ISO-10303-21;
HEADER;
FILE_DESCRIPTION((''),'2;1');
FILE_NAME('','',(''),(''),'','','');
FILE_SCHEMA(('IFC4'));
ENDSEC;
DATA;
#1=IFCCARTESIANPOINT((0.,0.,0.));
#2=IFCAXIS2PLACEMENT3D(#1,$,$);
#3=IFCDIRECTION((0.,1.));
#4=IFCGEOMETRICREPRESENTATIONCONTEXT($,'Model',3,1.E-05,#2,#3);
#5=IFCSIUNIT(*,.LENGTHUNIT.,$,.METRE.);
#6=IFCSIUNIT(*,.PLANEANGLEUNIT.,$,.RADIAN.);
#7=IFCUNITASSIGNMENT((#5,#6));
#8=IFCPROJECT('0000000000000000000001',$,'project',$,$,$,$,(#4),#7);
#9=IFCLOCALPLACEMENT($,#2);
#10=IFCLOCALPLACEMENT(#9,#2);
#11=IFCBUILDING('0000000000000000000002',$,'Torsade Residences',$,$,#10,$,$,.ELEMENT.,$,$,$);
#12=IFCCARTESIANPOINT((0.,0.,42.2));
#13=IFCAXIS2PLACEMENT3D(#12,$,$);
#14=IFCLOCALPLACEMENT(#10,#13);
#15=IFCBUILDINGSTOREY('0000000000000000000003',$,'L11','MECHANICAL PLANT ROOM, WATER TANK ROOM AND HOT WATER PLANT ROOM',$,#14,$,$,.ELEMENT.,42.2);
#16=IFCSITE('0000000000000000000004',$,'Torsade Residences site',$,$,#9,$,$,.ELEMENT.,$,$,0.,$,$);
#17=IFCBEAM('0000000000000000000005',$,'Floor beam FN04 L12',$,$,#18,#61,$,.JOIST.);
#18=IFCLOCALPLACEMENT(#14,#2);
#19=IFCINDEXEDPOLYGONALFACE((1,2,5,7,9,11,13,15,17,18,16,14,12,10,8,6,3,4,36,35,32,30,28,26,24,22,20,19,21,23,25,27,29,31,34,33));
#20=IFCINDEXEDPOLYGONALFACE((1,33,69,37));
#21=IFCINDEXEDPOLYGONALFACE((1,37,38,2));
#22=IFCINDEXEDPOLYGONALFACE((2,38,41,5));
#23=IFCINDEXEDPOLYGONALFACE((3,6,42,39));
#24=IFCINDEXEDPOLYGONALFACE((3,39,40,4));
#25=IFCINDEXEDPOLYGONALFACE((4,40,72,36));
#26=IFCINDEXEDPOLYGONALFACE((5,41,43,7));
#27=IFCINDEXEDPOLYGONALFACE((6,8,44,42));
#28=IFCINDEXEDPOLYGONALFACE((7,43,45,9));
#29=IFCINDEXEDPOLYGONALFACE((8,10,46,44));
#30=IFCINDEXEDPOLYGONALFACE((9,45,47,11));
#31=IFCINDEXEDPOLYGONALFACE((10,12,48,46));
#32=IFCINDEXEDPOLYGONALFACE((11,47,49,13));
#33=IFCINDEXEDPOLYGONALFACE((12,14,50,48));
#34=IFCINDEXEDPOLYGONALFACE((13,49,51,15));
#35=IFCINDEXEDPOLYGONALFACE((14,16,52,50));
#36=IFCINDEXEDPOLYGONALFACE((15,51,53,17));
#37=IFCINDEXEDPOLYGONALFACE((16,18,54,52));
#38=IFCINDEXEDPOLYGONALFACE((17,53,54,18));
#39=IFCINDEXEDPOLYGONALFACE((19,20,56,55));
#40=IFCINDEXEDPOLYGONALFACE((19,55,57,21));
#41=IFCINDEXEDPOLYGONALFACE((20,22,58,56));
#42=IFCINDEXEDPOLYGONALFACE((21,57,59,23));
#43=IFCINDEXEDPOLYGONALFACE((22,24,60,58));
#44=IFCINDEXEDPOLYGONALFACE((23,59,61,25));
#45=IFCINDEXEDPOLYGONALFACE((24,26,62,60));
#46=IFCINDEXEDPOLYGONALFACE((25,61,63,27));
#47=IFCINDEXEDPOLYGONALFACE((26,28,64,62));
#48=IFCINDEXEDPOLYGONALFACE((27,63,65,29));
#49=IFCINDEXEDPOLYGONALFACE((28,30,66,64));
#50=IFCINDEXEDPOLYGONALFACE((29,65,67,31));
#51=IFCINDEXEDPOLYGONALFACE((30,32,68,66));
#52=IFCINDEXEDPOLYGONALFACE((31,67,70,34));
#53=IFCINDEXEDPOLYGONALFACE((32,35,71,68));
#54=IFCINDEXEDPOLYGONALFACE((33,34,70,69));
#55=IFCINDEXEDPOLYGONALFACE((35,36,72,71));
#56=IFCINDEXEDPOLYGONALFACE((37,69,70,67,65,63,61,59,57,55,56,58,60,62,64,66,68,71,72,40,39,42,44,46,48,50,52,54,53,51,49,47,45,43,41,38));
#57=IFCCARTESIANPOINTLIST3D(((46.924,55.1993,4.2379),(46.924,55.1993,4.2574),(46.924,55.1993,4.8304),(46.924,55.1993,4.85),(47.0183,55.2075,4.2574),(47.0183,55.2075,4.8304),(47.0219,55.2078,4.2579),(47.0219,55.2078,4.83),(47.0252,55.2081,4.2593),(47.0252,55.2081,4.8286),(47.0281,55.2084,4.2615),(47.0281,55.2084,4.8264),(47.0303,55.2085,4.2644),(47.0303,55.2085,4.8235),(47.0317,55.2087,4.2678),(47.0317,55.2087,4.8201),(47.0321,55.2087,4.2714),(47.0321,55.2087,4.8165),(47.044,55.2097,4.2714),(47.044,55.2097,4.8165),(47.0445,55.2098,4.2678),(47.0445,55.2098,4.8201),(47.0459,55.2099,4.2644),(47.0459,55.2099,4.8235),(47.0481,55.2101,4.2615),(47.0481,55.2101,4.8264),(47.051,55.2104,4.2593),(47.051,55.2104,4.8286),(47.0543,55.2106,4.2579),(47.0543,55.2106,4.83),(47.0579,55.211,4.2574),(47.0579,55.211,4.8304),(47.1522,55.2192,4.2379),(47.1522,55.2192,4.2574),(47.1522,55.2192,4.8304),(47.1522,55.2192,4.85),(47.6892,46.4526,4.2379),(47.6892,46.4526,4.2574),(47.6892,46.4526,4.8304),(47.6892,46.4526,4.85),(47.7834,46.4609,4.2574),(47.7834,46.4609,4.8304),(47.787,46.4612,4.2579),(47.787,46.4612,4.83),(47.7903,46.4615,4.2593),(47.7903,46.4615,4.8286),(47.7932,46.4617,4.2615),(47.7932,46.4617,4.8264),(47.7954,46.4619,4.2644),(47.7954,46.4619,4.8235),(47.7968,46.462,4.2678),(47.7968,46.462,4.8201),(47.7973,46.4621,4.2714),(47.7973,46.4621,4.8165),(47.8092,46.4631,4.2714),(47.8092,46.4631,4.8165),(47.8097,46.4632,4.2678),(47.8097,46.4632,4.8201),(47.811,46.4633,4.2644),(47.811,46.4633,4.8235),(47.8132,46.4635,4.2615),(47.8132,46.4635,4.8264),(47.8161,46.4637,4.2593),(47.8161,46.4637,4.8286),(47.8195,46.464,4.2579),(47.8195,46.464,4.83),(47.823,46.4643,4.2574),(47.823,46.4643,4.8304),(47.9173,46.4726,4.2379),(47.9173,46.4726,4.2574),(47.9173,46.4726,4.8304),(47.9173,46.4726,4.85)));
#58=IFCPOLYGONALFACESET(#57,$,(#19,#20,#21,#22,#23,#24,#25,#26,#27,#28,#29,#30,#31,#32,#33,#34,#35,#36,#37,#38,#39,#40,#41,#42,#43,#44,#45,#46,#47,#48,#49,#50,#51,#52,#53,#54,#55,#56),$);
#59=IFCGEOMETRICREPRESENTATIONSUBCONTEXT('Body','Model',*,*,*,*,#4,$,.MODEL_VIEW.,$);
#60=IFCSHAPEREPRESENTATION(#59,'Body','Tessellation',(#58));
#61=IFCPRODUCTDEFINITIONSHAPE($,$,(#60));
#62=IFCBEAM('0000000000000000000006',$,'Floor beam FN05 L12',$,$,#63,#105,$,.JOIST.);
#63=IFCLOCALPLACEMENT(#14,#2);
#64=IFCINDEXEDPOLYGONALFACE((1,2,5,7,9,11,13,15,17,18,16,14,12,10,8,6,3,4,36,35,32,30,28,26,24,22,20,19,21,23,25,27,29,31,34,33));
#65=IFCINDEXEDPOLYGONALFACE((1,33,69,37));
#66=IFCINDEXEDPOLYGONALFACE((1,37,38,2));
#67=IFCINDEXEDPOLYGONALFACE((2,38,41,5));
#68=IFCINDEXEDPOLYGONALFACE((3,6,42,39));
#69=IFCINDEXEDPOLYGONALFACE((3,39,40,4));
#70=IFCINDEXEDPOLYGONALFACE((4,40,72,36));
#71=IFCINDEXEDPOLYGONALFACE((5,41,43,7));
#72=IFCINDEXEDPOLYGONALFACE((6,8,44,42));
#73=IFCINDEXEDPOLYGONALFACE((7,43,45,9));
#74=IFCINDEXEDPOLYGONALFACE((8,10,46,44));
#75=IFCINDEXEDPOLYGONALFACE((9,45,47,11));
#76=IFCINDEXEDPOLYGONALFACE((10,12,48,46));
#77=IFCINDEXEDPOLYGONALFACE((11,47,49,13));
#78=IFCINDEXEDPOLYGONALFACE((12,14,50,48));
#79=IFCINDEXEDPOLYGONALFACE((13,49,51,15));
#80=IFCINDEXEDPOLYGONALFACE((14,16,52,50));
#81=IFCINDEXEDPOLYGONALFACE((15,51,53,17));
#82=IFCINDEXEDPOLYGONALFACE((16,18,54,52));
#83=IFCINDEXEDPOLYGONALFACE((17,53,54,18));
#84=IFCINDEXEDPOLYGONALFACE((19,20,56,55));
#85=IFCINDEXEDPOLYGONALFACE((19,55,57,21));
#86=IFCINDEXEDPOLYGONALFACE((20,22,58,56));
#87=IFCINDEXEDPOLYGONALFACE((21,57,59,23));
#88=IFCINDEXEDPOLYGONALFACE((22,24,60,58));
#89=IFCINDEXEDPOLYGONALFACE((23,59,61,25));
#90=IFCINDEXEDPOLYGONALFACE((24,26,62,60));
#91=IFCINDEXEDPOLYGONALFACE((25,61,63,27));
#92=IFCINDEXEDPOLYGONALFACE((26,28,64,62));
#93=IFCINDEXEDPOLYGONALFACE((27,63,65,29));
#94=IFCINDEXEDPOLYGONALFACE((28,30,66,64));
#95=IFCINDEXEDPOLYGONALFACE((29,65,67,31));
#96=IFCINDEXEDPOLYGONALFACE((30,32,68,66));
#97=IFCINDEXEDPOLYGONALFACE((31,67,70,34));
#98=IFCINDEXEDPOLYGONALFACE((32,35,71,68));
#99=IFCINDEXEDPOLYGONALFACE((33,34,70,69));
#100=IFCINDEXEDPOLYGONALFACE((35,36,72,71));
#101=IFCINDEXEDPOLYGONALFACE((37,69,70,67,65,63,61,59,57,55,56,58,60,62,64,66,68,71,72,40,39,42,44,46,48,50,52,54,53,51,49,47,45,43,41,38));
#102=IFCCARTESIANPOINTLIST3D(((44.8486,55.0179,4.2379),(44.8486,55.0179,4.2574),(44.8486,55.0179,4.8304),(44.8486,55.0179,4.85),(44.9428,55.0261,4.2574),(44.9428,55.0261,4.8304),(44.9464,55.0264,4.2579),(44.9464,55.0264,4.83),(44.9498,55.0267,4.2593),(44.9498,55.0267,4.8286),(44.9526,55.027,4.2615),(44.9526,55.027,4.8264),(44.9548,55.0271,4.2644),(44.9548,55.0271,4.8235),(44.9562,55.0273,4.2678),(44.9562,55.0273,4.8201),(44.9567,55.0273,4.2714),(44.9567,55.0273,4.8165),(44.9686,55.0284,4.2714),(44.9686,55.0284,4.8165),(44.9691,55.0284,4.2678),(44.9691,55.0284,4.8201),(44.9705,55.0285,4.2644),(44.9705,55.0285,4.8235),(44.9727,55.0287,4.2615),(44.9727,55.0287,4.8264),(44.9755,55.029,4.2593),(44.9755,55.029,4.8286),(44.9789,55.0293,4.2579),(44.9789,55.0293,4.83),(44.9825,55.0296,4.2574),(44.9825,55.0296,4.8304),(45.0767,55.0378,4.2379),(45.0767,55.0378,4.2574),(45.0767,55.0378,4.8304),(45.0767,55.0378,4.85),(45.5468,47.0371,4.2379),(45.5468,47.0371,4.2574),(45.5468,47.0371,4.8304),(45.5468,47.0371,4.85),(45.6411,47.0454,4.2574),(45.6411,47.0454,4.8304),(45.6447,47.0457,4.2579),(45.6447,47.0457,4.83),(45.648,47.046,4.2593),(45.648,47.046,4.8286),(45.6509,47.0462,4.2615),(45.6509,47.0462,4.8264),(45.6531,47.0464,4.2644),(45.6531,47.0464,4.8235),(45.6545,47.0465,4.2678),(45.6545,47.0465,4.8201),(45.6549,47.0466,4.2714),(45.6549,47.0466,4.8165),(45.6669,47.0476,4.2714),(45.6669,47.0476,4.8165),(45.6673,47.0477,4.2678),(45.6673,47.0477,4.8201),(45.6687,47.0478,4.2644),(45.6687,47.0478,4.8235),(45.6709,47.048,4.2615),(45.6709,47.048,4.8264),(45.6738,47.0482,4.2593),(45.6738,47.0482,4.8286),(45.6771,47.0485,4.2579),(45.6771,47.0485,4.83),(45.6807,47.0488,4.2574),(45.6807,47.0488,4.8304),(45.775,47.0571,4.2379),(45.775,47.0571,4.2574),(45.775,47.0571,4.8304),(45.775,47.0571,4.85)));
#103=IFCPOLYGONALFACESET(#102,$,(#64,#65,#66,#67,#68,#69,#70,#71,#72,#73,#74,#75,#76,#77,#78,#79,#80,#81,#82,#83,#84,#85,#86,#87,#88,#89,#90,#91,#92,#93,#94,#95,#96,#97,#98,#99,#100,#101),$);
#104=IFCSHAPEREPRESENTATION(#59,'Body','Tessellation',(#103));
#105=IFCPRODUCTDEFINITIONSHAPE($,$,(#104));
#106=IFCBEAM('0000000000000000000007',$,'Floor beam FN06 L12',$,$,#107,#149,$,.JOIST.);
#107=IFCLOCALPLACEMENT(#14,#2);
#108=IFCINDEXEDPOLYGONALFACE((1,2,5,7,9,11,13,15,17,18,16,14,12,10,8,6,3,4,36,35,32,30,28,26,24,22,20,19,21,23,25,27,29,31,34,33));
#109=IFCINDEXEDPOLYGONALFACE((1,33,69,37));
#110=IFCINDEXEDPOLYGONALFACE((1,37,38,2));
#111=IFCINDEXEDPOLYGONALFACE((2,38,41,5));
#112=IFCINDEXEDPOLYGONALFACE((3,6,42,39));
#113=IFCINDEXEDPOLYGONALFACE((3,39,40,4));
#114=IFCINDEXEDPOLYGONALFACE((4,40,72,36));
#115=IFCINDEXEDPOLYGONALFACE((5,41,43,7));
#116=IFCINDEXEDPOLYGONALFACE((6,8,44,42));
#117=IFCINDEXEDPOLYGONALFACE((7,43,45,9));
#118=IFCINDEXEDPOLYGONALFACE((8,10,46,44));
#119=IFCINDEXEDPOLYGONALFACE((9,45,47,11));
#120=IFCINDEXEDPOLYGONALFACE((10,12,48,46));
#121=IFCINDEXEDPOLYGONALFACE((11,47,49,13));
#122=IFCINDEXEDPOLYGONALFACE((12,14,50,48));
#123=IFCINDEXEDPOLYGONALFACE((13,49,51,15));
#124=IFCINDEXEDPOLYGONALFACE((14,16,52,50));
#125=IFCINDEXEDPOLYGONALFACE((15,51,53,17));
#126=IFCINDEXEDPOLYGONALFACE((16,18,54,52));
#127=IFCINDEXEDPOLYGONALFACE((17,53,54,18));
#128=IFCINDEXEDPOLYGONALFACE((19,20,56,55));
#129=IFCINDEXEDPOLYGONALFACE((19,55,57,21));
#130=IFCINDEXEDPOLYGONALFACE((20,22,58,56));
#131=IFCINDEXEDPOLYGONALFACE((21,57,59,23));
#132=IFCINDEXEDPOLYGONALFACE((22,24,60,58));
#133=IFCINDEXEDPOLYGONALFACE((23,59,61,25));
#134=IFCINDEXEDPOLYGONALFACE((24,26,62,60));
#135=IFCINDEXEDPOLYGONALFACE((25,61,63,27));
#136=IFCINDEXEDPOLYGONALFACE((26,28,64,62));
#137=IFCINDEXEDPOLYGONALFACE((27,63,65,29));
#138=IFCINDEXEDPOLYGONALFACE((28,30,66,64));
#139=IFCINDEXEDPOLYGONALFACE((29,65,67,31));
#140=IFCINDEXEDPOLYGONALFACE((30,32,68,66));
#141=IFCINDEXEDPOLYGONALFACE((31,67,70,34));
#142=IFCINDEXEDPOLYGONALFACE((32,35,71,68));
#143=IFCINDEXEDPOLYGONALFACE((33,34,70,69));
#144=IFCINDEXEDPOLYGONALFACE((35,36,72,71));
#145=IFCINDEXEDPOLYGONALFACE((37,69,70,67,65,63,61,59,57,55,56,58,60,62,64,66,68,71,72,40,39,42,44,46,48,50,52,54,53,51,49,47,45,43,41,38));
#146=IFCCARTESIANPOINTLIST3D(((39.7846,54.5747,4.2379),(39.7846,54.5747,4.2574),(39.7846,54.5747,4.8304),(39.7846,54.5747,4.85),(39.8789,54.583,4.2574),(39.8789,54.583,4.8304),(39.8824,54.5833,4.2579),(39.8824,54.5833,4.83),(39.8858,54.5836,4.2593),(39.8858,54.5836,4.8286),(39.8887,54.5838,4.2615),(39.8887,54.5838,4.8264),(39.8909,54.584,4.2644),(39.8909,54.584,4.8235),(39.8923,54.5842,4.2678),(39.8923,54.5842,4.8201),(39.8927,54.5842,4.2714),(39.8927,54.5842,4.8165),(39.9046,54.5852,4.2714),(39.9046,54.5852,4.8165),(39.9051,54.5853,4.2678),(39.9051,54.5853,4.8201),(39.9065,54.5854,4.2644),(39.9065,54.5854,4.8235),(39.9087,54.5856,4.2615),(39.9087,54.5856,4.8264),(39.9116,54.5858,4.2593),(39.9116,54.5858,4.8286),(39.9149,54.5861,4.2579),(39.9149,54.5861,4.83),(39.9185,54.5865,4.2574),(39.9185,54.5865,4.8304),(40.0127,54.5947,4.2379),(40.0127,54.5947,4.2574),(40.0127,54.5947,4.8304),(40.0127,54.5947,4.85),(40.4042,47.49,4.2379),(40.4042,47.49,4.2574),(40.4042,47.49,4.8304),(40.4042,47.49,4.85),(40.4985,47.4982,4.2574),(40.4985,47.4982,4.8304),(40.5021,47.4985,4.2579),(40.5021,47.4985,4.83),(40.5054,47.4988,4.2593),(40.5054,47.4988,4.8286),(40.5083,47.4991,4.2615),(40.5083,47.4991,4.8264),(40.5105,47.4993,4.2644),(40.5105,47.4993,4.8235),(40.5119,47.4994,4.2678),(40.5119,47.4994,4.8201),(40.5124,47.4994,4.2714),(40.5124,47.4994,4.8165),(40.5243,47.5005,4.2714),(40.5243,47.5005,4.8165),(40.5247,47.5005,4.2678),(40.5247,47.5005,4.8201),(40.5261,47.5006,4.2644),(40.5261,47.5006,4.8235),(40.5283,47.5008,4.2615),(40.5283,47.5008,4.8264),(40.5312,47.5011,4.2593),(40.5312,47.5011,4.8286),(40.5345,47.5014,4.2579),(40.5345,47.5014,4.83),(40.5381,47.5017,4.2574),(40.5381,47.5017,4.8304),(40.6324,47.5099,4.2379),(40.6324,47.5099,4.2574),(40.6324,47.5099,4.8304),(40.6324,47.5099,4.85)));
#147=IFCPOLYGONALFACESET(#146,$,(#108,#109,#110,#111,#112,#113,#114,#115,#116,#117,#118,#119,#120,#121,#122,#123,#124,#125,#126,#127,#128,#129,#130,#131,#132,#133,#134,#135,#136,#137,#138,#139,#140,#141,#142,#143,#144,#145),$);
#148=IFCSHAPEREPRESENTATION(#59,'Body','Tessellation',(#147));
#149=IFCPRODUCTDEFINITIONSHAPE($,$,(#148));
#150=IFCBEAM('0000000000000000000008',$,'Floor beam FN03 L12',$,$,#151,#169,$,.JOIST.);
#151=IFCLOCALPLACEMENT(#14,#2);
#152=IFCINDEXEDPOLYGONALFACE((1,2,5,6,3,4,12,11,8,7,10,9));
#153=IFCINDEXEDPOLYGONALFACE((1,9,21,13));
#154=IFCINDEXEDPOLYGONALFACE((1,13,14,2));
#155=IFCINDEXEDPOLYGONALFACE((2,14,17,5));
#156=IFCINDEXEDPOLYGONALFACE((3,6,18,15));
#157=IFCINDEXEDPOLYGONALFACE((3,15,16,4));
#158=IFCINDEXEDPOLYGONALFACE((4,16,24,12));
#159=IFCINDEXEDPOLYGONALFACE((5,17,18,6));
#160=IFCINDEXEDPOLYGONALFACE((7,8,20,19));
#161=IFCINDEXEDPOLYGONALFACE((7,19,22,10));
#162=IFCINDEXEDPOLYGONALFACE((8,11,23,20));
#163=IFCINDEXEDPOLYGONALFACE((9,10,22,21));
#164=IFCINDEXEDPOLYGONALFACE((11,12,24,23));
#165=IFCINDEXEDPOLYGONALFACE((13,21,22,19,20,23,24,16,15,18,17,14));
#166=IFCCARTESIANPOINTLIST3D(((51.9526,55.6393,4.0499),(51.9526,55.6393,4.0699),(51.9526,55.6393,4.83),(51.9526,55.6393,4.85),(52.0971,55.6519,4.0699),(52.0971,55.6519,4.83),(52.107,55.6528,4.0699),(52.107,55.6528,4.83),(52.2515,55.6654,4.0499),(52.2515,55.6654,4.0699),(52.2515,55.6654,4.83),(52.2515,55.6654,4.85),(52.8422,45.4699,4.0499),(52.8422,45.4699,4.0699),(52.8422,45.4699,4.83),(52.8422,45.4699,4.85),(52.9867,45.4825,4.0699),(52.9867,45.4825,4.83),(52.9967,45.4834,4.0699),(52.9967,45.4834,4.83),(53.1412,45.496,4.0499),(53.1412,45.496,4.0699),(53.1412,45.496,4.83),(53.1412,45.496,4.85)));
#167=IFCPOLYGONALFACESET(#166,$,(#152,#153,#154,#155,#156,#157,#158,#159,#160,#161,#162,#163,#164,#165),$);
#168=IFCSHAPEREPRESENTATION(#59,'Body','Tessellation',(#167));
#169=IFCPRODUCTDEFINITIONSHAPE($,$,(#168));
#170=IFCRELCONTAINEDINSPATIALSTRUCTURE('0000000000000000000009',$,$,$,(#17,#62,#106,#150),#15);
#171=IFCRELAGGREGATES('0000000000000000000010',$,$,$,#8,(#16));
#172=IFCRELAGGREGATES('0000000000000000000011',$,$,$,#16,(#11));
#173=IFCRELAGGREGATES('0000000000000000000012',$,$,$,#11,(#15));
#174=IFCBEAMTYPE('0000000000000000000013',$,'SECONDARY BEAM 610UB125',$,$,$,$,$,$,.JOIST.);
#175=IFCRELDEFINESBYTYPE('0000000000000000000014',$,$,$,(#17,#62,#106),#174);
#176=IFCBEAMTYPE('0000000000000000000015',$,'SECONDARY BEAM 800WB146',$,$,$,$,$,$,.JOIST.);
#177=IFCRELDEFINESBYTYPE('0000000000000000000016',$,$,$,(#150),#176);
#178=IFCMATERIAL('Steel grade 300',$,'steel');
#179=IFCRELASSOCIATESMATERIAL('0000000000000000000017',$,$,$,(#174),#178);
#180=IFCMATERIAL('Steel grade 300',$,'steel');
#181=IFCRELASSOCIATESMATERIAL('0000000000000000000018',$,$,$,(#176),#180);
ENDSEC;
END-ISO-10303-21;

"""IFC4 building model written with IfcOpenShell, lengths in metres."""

from ifc_helpers import new_model, si_unit, direction, frame, origin, origin_2d, place, context, subcontext, project, spatial, i_section, extrude, material, material_profile, profile_set, type_object, element, save


model = new_model("IFC4")

# Units and contexts
model_context = context("Model", 3, precision=1e-05, world=origin(), true_north=direction((0.0, 1.0)))
body_context = subcontext(model_context, "Body", "Model", "MODEL_VIEW")
ifc_project = project(units=[si_unit("LENGTHUNIT", "METRE"), si_unit("PLANEANGLEUNIT", "RADIAN")], contexts=[model_context])

# Site, building, storey
site_placement = place(None, origin())
site = spatial("IfcSite", under=ifc_project, at=site_placement, Name="Torsade Residences site", CompositionType="ELEMENT", RefElevation=0.0)
building_placement = place(site_placement, origin())
building = spatial("IfcBuilding", under=site, at=building_placement, Name="Torsade Residences", CompositionType="ELEMENT")
storey_placement = place(building_placement, frame((0.0, 0.0, 42.2)))
storey = spatial("IfcBuildingStorey", under=building, at=storey_placement, Name="L11", Description="MECHANICAL PLANT ROOM, WATER TANK ROOM AND HOT WATER PLANT ROOM", CompositionType="ELEMENT", Elevation=42.2)

# Beams
ifc_material_1 = material(Name="Steel grade 300", Category="steel")
ifc_material_profile_1 = material_profile(ifc_material_1, i_section(OverallWidth=0.229, OverallDepth=0.6121, WebThickness=0.012, FlangeThickness=0.0195, FilletRadius=0.0139, at=origin_2d()), Name="610UB125")
ifc_profile_set_1 = profile_set([ifc_material_profile_1], Name="Steel grade 300")
beam_type_1 = type_object("IfcBeamType", Name="SECONDARY BEAM 610UB125", PredefinedType="JOIST", material=ifc_profile_set_1)
beam_1_placement = place(storey_placement, frame((47.0381, 55.2092, 4.5439), z_axis=(0.087146, -0.996196, 0.0), x_axis=(0.996196, 0.087146, 0.0)))
element("IfcBeam", 1, at=beam_1_placement, inside=storey, type_object=beam_type_1, Name="Floor beam FN04 L12", PredefinedType="JOIST", context=body_context, shape_type="SweptSolid", body=[
    extrude(i_section(OverallWidth=0.229, OverallDepth=0.6121, WebThickness=0.012, FlangeThickness=0.0195, FilletRadius=0.0139, at=origin_2d()), origin(), (0.0, 0.0, 1.0), 8.78),
])
beam_2_placement = place(storey_placement, frame((44.9626, 55.0278, 4.5439), z_axis=(0.087158, -0.996194, 0.0), x_axis=(0.996194, 0.087158, 0.0)))
element("IfcBeam", 2, at=beam_2_placement, inside=storey, type_object=beam_type_1, Name="Floor beam FN05 L12", PredefinedType="JOIST", context=body_context, shape_type="SweptSolid", body=[
    extrude(i_section(OverallWidth=0.229, OverallDepth=0.6121, WebThickness=0.012, FlangeThickness=0.0195, FilletRadius=0.0139, at=origin_2d()), origin(), (0.0, 0.0, 1.0), 8.0112),
])
beam_3_placement = place(storey_placement, frame((39.8987, 54.5847, 4.5439), z_axis=(0.087127, -0.996197, 0.0), x_axis=(0.996197, 0.087127, 0.0)))
element("IfcBeam", 3, at=beam_3_placement, inside=storey, type_object=beam_type_1, Name="Floor beam FN06 L12", PredefinedType="JOIST", context=body_context, shape_type="SweptSolid", body=[
    extrude(i_section(OverallWidth=0.229, OverallDepth=0.6121, WebThickness=0.012, FlangeThickness=0.0195, FilletRadius=0.0139, at=origin_2d()), origin(), (0.0, 0.0, 1.0), 7.1118),
])
ifc_material_2 = material(Name="Steel grade 300", Category="steel")
ifc_material_profile_2 = material_profile(ifc_material_2, i_section(OverallWidth=0.3, OverallDepth=0.8, WebThickness=0.01, FlangeThickness=0.02, at=origin_2d()), Name="800WB146")
ifc_profile_set_2 = profile_set([ifc_material_profile_2], Name="Steel grade 300")
beam_type_2 = type_object("IfcBeamType", Name="SECONDARY BEAM 800WB146", PredefinedType="JOIST", material=ifc_profile_set_2)
beam_4_placement = place(storey_placement, frame((52.1021, 55.6523, 4.45), z_axis=(0.08715, -0.996195, 0.0), x_axis=(0.996195, 0.08715, 0.0)))
element("IfcBeam", 4, at=beam_4_placement, inside=storey, type_object=beam_type_2, Name="Floor beam FN03 L12", PredefinedType="JOIST", context=body_context, shape_type="SweptSolid", body=[
    extrude(i_section(OverallWidth=0.3, OverallDepth=0.8, WebThickness=0.01, FlangeThickness=0.02, at=origin_2d()), origin(), (0.0, 0.0, 1.0), 10.2083),
])

save(model, "model.ifc")
